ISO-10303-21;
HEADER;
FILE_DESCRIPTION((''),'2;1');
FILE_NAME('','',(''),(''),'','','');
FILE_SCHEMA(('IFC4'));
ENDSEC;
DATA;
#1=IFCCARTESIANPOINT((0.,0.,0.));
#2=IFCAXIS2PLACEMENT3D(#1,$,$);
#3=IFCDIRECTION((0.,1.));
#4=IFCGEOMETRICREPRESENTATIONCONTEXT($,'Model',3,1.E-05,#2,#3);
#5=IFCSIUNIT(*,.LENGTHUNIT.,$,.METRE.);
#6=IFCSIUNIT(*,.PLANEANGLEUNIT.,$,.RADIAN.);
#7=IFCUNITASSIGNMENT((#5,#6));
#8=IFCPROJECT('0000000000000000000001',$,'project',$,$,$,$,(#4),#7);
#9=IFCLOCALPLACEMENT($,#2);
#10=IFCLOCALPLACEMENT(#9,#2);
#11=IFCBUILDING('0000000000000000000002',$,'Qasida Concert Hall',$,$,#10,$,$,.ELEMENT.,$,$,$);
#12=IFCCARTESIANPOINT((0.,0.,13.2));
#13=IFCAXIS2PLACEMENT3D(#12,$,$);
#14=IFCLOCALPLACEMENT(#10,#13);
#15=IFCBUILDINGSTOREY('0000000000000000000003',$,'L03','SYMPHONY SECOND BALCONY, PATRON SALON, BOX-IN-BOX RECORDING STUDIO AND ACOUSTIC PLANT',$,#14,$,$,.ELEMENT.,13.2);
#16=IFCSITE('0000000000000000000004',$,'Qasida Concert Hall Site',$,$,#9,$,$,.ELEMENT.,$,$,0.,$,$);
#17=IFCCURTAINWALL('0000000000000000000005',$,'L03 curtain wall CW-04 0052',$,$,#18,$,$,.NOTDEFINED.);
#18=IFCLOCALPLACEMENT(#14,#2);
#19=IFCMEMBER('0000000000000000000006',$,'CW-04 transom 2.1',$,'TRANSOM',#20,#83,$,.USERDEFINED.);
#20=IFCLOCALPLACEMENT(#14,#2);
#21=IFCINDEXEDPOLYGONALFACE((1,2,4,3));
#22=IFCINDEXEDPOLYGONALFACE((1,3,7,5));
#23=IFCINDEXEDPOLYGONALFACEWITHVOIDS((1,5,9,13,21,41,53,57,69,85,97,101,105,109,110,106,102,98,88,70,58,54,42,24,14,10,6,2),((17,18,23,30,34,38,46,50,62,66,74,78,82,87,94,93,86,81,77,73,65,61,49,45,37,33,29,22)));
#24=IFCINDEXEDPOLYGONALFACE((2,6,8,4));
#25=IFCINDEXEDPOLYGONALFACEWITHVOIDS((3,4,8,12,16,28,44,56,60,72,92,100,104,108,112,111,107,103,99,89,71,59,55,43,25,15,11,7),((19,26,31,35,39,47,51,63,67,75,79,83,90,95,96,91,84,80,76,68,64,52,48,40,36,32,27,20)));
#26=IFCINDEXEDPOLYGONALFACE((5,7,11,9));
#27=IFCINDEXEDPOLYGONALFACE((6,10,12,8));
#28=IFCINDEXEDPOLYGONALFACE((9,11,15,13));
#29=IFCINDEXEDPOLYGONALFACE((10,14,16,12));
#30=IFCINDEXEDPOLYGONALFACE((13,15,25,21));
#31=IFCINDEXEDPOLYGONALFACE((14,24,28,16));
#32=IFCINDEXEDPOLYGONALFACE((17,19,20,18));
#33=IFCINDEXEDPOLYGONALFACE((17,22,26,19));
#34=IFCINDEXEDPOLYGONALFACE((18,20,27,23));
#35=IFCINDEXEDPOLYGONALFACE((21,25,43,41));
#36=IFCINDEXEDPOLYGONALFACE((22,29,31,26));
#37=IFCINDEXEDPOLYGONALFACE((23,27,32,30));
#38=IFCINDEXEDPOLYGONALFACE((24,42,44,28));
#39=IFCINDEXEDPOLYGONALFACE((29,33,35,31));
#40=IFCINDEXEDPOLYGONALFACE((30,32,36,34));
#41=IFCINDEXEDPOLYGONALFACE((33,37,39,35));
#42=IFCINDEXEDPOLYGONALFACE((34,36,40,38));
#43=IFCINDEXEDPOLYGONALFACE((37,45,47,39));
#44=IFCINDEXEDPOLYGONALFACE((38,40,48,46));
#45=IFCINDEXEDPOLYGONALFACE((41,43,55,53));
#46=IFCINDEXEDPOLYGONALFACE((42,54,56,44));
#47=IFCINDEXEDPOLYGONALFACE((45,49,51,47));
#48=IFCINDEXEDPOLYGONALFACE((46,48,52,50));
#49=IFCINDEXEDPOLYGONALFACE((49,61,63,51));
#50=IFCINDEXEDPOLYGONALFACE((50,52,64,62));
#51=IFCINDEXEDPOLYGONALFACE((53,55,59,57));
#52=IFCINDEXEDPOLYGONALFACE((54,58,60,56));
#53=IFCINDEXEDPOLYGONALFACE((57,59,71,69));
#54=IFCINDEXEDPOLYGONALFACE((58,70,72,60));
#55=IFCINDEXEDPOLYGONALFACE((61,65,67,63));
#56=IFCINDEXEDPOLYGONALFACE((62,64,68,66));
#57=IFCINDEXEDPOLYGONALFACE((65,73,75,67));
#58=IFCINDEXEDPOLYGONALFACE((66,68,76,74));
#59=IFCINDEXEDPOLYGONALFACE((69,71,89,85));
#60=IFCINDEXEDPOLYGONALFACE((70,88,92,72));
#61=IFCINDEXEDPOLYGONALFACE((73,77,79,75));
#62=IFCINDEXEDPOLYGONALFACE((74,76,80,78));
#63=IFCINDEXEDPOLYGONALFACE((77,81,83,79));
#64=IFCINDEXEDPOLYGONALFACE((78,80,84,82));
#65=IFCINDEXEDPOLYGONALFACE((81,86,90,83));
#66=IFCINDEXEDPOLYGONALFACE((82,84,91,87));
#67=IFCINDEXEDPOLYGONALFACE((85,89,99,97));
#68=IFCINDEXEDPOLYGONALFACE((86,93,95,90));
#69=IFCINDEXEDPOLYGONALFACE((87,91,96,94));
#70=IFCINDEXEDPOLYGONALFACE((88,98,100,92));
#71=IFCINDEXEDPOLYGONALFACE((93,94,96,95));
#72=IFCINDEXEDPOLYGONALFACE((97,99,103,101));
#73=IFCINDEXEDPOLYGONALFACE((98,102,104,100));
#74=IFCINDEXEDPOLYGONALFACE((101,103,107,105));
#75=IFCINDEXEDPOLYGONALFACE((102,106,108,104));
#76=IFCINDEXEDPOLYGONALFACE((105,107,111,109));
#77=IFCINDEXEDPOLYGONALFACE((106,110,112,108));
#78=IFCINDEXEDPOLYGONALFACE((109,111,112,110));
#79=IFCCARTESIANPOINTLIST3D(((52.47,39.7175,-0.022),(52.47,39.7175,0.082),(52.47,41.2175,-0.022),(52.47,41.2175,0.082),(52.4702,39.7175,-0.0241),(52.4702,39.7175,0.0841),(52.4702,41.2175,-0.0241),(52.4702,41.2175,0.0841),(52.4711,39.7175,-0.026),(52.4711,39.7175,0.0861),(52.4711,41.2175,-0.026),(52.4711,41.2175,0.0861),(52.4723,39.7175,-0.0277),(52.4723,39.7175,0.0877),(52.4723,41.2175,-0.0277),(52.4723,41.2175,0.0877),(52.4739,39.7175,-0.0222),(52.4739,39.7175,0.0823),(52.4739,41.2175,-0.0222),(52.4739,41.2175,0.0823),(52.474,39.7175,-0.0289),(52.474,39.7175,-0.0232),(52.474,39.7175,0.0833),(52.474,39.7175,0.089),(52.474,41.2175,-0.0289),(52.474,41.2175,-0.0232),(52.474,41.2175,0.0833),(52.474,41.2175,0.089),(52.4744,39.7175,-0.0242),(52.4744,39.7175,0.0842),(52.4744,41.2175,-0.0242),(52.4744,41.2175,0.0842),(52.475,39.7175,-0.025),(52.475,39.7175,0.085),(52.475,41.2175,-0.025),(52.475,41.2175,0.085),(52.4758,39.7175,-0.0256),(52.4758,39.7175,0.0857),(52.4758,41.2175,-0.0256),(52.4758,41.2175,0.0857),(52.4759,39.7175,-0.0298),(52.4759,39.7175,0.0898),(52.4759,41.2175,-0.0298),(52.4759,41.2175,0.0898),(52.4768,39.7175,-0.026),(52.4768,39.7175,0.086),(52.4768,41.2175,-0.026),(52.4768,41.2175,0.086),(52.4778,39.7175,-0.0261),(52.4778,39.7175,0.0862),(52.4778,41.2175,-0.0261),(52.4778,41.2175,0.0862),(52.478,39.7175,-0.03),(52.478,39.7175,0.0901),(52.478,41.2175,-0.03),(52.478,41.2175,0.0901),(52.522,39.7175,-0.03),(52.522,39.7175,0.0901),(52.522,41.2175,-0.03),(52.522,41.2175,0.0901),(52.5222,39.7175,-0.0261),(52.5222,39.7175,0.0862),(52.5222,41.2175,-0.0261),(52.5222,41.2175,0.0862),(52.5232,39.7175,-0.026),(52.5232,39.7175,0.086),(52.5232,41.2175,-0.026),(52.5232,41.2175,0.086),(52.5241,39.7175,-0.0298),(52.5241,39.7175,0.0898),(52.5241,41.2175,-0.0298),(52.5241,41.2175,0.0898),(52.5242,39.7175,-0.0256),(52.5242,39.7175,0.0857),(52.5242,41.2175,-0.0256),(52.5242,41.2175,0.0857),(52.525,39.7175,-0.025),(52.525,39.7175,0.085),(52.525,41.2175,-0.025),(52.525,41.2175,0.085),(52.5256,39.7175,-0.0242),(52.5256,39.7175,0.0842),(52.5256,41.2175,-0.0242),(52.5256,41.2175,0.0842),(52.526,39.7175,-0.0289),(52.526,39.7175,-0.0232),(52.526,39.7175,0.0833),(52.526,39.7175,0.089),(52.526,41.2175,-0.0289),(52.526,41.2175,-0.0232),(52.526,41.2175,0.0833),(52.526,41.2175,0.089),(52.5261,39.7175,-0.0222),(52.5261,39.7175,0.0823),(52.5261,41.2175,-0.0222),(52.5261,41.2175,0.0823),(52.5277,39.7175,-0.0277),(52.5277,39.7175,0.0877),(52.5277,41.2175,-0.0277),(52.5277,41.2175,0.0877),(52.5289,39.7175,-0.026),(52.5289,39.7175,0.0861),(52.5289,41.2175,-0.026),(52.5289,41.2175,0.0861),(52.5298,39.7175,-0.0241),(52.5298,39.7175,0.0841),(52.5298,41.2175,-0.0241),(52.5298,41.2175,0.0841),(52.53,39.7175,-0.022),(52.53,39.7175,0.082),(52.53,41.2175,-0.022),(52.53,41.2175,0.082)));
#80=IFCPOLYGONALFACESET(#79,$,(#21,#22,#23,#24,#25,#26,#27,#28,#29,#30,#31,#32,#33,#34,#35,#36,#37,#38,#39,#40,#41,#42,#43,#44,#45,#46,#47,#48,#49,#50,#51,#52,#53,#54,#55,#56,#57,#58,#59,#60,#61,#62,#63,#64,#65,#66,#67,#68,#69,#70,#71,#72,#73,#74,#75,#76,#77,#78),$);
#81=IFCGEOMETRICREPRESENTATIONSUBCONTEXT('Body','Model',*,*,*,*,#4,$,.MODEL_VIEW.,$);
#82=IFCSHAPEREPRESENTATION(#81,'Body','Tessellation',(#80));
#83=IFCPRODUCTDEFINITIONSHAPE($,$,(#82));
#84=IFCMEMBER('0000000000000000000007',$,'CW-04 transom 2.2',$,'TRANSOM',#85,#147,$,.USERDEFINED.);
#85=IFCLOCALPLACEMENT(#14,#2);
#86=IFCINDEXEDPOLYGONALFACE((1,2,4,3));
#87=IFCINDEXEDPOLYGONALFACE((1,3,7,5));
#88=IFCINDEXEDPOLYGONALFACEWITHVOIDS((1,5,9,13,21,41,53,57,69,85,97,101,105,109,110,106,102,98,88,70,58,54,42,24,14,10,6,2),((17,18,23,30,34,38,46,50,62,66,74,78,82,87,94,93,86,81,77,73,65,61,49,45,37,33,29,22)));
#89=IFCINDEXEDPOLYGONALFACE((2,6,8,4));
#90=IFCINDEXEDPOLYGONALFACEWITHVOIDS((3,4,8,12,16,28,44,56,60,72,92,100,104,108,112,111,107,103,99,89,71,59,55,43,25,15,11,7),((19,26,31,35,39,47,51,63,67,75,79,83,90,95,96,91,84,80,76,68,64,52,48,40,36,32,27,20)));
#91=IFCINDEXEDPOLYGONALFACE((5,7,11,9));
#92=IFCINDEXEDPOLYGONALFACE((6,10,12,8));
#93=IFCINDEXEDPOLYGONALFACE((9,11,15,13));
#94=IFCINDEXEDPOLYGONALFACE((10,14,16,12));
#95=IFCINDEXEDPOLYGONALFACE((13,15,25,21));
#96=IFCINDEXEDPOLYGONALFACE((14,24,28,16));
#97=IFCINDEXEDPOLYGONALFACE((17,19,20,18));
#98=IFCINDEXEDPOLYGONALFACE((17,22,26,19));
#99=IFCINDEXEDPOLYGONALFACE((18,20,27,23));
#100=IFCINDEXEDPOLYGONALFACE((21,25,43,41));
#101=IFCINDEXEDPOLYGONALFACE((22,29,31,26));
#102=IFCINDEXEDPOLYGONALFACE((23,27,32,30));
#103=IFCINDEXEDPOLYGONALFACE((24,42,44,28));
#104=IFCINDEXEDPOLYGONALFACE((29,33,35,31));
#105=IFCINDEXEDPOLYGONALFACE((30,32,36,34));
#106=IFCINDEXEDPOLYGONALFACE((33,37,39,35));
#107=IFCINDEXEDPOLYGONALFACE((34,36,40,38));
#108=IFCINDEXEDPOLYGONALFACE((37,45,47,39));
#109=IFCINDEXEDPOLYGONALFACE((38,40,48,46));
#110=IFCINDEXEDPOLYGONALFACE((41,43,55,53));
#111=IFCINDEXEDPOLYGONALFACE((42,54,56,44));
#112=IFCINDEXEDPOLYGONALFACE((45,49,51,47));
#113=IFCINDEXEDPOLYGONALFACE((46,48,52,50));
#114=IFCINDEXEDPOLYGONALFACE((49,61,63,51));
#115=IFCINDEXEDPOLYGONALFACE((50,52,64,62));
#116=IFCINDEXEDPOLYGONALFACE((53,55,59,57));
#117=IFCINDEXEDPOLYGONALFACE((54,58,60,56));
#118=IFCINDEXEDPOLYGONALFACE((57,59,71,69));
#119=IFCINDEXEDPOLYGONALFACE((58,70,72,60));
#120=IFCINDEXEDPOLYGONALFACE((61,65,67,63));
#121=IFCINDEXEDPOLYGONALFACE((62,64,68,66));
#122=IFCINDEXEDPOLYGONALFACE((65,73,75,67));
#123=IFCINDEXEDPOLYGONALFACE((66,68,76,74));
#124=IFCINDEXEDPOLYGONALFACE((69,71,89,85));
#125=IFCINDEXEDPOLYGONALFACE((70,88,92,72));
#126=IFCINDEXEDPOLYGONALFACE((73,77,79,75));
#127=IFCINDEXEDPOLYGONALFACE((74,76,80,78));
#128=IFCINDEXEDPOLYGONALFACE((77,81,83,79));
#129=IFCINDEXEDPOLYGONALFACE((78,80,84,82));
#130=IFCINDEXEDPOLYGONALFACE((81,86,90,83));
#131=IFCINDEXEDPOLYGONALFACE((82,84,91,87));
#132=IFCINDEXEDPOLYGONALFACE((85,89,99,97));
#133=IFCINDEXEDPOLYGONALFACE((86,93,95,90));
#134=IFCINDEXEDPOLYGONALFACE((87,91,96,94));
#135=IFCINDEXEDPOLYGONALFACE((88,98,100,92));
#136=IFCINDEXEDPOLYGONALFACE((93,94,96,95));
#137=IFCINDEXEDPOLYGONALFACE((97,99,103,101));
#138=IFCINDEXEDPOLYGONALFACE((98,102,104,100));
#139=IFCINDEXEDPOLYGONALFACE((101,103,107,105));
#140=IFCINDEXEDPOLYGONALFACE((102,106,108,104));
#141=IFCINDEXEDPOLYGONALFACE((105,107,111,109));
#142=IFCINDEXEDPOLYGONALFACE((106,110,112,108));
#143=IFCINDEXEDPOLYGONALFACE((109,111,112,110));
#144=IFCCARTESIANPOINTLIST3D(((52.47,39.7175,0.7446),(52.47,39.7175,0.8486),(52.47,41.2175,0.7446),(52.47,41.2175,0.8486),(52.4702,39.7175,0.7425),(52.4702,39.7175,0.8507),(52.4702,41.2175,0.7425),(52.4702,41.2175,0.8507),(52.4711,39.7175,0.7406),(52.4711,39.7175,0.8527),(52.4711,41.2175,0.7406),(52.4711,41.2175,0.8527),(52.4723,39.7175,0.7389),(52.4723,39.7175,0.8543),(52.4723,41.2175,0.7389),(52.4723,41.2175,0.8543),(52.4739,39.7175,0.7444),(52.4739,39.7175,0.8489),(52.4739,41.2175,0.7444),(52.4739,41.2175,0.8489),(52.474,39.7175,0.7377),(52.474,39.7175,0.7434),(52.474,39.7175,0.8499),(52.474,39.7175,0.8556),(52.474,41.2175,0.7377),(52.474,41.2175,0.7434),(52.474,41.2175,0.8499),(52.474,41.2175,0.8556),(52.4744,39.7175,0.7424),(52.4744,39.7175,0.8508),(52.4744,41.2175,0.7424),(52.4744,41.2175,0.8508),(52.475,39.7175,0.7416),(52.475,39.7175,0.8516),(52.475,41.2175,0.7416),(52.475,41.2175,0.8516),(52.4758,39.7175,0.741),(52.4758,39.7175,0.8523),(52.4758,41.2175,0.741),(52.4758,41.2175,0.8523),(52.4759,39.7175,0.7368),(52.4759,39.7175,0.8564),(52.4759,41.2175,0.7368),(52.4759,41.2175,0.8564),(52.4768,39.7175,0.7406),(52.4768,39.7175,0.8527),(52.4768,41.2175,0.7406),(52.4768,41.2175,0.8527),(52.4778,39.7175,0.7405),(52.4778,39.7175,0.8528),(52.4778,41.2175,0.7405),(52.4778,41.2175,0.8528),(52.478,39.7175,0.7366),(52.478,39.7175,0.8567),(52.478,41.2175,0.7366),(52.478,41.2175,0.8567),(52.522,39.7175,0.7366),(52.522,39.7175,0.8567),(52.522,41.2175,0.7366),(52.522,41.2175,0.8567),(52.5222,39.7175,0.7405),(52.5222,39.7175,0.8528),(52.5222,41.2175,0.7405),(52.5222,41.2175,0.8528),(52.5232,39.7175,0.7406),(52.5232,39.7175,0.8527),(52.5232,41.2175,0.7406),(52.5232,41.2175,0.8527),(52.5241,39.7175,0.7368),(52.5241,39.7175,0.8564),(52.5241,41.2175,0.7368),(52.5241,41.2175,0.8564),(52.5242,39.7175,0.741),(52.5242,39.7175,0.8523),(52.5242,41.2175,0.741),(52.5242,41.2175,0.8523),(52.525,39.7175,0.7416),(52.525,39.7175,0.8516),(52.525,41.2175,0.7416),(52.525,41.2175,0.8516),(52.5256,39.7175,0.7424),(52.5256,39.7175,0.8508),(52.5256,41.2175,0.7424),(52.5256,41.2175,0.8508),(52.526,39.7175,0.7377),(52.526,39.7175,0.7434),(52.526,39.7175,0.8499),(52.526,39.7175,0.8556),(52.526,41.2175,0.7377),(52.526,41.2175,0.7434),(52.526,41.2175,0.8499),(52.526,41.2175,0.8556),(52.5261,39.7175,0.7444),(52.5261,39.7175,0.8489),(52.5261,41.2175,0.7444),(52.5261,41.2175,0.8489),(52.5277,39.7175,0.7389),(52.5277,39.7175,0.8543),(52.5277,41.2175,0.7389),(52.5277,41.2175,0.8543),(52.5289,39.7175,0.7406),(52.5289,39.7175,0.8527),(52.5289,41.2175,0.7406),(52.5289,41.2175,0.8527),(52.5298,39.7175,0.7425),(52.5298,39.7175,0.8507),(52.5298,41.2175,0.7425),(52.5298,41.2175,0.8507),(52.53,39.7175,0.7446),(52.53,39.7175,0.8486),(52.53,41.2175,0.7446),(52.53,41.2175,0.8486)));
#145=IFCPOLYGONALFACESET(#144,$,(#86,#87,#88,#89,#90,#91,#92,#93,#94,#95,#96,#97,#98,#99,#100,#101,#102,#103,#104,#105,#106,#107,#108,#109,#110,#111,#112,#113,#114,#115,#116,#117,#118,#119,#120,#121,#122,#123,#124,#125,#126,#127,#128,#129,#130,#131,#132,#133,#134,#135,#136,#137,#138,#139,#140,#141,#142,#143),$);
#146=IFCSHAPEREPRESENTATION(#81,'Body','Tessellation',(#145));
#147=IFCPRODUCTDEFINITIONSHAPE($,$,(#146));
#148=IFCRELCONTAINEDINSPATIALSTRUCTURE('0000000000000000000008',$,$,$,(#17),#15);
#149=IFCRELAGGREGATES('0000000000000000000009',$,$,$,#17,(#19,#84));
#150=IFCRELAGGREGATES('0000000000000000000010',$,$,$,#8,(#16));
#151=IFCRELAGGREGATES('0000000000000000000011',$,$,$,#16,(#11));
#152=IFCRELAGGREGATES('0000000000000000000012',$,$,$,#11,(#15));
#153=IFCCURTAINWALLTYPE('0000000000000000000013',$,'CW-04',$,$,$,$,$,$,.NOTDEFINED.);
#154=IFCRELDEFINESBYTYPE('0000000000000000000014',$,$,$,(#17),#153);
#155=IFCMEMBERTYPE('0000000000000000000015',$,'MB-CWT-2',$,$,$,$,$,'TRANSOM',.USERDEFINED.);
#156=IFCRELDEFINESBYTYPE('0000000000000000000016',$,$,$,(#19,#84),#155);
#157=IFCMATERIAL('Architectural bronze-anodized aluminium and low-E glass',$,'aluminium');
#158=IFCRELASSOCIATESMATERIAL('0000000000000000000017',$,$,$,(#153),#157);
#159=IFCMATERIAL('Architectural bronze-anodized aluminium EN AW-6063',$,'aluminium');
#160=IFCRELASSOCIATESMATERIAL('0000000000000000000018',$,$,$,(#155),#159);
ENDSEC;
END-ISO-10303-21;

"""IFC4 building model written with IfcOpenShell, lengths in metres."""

from ifc_helpers import new_model, si_unit, direction, frame, origin, origin_2d, place, context, subcontext, project, spatial, hollow_rectangle, extrude, material, material_profile, profile_set, type_object, element, aggregate, save


model = new_model("IFC4")

# Units and contexts
model_context = context("Model", 3, precision=1e-05, world=origin(), true_north=direction((0.0, 1.0)))
body_context = subcontext(model_context, "Body", "Model", "MODEL_VIEW")
ifc_project = project(units=[si_unit("LENGTHUNIT", "METRE"), si_unit("PLANEANGLEUNIT", "RADIAN")], contexts=[model_context])

# Site, building, storey
site_placement = place(None, origin())
site = spatial("IfcSite", under=ifc_project, at=site_placement, Name="Qasida Concert Hall Site", CompositionType="ELEMENT", RefElevation=0.0)
building_placement = place(site_placement, origin())
building = spatial("IfcBuilding", under=site, at=building_placement, Name="Qasida Concert Hall", CompositionType="ELEMENT")
storey_placement = place(building_placement, frame((0.0, 0.0, 13.2)))
storey = spatial("IfcBuildingStorey", under=building, at=storey_placement, Name="L03", Description="SYMPHONY SECOND BALCONY, PATRON SALON, BOX-IN-BOX RECORDING STUDIO AND ACOUSTIC PLANT", CompositionType="ELEMENT", Elevation=13.2)

# Curtain wall, members
ifc_material_1 = material(Name="Architectural bronze-anodized aluminium and low-E glass", Category="aluminium")
curtain_wall_type = type_object("IfcCurtainWallType", Name="CW-04", PredefinedType="NOTDEFINED", material=ifc_material_1)
curtain_wall_placement = place(storey_placement, origin())
curtain_wall = element("IfcCurtainWall", 1, at=curtain_wall_placement, inside=storey, type_object=curtain_wall_type, Name="L03 curtain wall CW-04 0052", PredefinedType="NOTDEFINED")
ifc_material_2 = material(Name="Architectural bronze-anodized aluminium EN AW-6063", Category="aluminium")
ifc_material_profile_1 = material_profile(ifc_material_2, hollow_rectangle(XDim=0.0601, YDim=0.1201, WallThickness=0.0039, InnerFilletRadius=0.0039, OuterFilletRadius=0.0081, at=origin_2d()), Name="CWT 120x60x4")
ifc_profile_set_1 = profile_set([ifc_material_profile_1], Name="Architectural bronze-anodized aluminium EN AW-6063")
member_type_1 = type_object("IfcMemberType", Name="MB-CWT-2", ElementType="TRANSOM", PredefinedType="USERDEFINED", material=ifc_profile_set_1)
member_1_placement = place(storey_placement, frame((52.5, 39.7175, 0.03), z_axis=(0.0, 1.0, 0.0), x_axis=(-1.0, 0.0, 0.0)))
member_1 = element("IfcMember", 2, at=member_1_placement, type_object=member_type_1, Name="CW-04 transom 2.1", ObjectType="TRANSOM", PredefinedType="USERDEFINED", context=body_context, shape_type="SweptSolid", body=[
    extrude(hollow_rectangle(XDim=0.0601, YDim=0.1201, WallThickness=0.0039, InnerFilletRadius=0.0039, OuterFilletRadius=0.0081, at=origin_2d()), origin(), (0.0, 0.0, 1.0), 1.5),
])
member_2_placement = place(storey_placement, frame((52.5, 39.7175, 0.7966), z_axis=(0.0, 1.0, 0.0), x_axis=(-1.0, 0.0, 0.0)))
member_2 = element("IfcMember", 3, at=member_2_placement, type_object=member_type_1, Name="CW-04 transom 2.2", ObjectType="TRANSOM", PredefinedType="USERDEFINED", context=body_context, shape_type="SweptSolid", body=[
    extrude(hollow_rectangle(XDim=0.0601, YDim=0.1201, WallThickness=0.0039, InnerFilletRadius=0.0039, OuterFilletRadius=0.0081, at=origin_2d()), origin(), (0.0, 0.0, 1.0), 1.5),
])
aggregate(curtain_wall, [member_1, member_2])

save(model, "model.ifc")
